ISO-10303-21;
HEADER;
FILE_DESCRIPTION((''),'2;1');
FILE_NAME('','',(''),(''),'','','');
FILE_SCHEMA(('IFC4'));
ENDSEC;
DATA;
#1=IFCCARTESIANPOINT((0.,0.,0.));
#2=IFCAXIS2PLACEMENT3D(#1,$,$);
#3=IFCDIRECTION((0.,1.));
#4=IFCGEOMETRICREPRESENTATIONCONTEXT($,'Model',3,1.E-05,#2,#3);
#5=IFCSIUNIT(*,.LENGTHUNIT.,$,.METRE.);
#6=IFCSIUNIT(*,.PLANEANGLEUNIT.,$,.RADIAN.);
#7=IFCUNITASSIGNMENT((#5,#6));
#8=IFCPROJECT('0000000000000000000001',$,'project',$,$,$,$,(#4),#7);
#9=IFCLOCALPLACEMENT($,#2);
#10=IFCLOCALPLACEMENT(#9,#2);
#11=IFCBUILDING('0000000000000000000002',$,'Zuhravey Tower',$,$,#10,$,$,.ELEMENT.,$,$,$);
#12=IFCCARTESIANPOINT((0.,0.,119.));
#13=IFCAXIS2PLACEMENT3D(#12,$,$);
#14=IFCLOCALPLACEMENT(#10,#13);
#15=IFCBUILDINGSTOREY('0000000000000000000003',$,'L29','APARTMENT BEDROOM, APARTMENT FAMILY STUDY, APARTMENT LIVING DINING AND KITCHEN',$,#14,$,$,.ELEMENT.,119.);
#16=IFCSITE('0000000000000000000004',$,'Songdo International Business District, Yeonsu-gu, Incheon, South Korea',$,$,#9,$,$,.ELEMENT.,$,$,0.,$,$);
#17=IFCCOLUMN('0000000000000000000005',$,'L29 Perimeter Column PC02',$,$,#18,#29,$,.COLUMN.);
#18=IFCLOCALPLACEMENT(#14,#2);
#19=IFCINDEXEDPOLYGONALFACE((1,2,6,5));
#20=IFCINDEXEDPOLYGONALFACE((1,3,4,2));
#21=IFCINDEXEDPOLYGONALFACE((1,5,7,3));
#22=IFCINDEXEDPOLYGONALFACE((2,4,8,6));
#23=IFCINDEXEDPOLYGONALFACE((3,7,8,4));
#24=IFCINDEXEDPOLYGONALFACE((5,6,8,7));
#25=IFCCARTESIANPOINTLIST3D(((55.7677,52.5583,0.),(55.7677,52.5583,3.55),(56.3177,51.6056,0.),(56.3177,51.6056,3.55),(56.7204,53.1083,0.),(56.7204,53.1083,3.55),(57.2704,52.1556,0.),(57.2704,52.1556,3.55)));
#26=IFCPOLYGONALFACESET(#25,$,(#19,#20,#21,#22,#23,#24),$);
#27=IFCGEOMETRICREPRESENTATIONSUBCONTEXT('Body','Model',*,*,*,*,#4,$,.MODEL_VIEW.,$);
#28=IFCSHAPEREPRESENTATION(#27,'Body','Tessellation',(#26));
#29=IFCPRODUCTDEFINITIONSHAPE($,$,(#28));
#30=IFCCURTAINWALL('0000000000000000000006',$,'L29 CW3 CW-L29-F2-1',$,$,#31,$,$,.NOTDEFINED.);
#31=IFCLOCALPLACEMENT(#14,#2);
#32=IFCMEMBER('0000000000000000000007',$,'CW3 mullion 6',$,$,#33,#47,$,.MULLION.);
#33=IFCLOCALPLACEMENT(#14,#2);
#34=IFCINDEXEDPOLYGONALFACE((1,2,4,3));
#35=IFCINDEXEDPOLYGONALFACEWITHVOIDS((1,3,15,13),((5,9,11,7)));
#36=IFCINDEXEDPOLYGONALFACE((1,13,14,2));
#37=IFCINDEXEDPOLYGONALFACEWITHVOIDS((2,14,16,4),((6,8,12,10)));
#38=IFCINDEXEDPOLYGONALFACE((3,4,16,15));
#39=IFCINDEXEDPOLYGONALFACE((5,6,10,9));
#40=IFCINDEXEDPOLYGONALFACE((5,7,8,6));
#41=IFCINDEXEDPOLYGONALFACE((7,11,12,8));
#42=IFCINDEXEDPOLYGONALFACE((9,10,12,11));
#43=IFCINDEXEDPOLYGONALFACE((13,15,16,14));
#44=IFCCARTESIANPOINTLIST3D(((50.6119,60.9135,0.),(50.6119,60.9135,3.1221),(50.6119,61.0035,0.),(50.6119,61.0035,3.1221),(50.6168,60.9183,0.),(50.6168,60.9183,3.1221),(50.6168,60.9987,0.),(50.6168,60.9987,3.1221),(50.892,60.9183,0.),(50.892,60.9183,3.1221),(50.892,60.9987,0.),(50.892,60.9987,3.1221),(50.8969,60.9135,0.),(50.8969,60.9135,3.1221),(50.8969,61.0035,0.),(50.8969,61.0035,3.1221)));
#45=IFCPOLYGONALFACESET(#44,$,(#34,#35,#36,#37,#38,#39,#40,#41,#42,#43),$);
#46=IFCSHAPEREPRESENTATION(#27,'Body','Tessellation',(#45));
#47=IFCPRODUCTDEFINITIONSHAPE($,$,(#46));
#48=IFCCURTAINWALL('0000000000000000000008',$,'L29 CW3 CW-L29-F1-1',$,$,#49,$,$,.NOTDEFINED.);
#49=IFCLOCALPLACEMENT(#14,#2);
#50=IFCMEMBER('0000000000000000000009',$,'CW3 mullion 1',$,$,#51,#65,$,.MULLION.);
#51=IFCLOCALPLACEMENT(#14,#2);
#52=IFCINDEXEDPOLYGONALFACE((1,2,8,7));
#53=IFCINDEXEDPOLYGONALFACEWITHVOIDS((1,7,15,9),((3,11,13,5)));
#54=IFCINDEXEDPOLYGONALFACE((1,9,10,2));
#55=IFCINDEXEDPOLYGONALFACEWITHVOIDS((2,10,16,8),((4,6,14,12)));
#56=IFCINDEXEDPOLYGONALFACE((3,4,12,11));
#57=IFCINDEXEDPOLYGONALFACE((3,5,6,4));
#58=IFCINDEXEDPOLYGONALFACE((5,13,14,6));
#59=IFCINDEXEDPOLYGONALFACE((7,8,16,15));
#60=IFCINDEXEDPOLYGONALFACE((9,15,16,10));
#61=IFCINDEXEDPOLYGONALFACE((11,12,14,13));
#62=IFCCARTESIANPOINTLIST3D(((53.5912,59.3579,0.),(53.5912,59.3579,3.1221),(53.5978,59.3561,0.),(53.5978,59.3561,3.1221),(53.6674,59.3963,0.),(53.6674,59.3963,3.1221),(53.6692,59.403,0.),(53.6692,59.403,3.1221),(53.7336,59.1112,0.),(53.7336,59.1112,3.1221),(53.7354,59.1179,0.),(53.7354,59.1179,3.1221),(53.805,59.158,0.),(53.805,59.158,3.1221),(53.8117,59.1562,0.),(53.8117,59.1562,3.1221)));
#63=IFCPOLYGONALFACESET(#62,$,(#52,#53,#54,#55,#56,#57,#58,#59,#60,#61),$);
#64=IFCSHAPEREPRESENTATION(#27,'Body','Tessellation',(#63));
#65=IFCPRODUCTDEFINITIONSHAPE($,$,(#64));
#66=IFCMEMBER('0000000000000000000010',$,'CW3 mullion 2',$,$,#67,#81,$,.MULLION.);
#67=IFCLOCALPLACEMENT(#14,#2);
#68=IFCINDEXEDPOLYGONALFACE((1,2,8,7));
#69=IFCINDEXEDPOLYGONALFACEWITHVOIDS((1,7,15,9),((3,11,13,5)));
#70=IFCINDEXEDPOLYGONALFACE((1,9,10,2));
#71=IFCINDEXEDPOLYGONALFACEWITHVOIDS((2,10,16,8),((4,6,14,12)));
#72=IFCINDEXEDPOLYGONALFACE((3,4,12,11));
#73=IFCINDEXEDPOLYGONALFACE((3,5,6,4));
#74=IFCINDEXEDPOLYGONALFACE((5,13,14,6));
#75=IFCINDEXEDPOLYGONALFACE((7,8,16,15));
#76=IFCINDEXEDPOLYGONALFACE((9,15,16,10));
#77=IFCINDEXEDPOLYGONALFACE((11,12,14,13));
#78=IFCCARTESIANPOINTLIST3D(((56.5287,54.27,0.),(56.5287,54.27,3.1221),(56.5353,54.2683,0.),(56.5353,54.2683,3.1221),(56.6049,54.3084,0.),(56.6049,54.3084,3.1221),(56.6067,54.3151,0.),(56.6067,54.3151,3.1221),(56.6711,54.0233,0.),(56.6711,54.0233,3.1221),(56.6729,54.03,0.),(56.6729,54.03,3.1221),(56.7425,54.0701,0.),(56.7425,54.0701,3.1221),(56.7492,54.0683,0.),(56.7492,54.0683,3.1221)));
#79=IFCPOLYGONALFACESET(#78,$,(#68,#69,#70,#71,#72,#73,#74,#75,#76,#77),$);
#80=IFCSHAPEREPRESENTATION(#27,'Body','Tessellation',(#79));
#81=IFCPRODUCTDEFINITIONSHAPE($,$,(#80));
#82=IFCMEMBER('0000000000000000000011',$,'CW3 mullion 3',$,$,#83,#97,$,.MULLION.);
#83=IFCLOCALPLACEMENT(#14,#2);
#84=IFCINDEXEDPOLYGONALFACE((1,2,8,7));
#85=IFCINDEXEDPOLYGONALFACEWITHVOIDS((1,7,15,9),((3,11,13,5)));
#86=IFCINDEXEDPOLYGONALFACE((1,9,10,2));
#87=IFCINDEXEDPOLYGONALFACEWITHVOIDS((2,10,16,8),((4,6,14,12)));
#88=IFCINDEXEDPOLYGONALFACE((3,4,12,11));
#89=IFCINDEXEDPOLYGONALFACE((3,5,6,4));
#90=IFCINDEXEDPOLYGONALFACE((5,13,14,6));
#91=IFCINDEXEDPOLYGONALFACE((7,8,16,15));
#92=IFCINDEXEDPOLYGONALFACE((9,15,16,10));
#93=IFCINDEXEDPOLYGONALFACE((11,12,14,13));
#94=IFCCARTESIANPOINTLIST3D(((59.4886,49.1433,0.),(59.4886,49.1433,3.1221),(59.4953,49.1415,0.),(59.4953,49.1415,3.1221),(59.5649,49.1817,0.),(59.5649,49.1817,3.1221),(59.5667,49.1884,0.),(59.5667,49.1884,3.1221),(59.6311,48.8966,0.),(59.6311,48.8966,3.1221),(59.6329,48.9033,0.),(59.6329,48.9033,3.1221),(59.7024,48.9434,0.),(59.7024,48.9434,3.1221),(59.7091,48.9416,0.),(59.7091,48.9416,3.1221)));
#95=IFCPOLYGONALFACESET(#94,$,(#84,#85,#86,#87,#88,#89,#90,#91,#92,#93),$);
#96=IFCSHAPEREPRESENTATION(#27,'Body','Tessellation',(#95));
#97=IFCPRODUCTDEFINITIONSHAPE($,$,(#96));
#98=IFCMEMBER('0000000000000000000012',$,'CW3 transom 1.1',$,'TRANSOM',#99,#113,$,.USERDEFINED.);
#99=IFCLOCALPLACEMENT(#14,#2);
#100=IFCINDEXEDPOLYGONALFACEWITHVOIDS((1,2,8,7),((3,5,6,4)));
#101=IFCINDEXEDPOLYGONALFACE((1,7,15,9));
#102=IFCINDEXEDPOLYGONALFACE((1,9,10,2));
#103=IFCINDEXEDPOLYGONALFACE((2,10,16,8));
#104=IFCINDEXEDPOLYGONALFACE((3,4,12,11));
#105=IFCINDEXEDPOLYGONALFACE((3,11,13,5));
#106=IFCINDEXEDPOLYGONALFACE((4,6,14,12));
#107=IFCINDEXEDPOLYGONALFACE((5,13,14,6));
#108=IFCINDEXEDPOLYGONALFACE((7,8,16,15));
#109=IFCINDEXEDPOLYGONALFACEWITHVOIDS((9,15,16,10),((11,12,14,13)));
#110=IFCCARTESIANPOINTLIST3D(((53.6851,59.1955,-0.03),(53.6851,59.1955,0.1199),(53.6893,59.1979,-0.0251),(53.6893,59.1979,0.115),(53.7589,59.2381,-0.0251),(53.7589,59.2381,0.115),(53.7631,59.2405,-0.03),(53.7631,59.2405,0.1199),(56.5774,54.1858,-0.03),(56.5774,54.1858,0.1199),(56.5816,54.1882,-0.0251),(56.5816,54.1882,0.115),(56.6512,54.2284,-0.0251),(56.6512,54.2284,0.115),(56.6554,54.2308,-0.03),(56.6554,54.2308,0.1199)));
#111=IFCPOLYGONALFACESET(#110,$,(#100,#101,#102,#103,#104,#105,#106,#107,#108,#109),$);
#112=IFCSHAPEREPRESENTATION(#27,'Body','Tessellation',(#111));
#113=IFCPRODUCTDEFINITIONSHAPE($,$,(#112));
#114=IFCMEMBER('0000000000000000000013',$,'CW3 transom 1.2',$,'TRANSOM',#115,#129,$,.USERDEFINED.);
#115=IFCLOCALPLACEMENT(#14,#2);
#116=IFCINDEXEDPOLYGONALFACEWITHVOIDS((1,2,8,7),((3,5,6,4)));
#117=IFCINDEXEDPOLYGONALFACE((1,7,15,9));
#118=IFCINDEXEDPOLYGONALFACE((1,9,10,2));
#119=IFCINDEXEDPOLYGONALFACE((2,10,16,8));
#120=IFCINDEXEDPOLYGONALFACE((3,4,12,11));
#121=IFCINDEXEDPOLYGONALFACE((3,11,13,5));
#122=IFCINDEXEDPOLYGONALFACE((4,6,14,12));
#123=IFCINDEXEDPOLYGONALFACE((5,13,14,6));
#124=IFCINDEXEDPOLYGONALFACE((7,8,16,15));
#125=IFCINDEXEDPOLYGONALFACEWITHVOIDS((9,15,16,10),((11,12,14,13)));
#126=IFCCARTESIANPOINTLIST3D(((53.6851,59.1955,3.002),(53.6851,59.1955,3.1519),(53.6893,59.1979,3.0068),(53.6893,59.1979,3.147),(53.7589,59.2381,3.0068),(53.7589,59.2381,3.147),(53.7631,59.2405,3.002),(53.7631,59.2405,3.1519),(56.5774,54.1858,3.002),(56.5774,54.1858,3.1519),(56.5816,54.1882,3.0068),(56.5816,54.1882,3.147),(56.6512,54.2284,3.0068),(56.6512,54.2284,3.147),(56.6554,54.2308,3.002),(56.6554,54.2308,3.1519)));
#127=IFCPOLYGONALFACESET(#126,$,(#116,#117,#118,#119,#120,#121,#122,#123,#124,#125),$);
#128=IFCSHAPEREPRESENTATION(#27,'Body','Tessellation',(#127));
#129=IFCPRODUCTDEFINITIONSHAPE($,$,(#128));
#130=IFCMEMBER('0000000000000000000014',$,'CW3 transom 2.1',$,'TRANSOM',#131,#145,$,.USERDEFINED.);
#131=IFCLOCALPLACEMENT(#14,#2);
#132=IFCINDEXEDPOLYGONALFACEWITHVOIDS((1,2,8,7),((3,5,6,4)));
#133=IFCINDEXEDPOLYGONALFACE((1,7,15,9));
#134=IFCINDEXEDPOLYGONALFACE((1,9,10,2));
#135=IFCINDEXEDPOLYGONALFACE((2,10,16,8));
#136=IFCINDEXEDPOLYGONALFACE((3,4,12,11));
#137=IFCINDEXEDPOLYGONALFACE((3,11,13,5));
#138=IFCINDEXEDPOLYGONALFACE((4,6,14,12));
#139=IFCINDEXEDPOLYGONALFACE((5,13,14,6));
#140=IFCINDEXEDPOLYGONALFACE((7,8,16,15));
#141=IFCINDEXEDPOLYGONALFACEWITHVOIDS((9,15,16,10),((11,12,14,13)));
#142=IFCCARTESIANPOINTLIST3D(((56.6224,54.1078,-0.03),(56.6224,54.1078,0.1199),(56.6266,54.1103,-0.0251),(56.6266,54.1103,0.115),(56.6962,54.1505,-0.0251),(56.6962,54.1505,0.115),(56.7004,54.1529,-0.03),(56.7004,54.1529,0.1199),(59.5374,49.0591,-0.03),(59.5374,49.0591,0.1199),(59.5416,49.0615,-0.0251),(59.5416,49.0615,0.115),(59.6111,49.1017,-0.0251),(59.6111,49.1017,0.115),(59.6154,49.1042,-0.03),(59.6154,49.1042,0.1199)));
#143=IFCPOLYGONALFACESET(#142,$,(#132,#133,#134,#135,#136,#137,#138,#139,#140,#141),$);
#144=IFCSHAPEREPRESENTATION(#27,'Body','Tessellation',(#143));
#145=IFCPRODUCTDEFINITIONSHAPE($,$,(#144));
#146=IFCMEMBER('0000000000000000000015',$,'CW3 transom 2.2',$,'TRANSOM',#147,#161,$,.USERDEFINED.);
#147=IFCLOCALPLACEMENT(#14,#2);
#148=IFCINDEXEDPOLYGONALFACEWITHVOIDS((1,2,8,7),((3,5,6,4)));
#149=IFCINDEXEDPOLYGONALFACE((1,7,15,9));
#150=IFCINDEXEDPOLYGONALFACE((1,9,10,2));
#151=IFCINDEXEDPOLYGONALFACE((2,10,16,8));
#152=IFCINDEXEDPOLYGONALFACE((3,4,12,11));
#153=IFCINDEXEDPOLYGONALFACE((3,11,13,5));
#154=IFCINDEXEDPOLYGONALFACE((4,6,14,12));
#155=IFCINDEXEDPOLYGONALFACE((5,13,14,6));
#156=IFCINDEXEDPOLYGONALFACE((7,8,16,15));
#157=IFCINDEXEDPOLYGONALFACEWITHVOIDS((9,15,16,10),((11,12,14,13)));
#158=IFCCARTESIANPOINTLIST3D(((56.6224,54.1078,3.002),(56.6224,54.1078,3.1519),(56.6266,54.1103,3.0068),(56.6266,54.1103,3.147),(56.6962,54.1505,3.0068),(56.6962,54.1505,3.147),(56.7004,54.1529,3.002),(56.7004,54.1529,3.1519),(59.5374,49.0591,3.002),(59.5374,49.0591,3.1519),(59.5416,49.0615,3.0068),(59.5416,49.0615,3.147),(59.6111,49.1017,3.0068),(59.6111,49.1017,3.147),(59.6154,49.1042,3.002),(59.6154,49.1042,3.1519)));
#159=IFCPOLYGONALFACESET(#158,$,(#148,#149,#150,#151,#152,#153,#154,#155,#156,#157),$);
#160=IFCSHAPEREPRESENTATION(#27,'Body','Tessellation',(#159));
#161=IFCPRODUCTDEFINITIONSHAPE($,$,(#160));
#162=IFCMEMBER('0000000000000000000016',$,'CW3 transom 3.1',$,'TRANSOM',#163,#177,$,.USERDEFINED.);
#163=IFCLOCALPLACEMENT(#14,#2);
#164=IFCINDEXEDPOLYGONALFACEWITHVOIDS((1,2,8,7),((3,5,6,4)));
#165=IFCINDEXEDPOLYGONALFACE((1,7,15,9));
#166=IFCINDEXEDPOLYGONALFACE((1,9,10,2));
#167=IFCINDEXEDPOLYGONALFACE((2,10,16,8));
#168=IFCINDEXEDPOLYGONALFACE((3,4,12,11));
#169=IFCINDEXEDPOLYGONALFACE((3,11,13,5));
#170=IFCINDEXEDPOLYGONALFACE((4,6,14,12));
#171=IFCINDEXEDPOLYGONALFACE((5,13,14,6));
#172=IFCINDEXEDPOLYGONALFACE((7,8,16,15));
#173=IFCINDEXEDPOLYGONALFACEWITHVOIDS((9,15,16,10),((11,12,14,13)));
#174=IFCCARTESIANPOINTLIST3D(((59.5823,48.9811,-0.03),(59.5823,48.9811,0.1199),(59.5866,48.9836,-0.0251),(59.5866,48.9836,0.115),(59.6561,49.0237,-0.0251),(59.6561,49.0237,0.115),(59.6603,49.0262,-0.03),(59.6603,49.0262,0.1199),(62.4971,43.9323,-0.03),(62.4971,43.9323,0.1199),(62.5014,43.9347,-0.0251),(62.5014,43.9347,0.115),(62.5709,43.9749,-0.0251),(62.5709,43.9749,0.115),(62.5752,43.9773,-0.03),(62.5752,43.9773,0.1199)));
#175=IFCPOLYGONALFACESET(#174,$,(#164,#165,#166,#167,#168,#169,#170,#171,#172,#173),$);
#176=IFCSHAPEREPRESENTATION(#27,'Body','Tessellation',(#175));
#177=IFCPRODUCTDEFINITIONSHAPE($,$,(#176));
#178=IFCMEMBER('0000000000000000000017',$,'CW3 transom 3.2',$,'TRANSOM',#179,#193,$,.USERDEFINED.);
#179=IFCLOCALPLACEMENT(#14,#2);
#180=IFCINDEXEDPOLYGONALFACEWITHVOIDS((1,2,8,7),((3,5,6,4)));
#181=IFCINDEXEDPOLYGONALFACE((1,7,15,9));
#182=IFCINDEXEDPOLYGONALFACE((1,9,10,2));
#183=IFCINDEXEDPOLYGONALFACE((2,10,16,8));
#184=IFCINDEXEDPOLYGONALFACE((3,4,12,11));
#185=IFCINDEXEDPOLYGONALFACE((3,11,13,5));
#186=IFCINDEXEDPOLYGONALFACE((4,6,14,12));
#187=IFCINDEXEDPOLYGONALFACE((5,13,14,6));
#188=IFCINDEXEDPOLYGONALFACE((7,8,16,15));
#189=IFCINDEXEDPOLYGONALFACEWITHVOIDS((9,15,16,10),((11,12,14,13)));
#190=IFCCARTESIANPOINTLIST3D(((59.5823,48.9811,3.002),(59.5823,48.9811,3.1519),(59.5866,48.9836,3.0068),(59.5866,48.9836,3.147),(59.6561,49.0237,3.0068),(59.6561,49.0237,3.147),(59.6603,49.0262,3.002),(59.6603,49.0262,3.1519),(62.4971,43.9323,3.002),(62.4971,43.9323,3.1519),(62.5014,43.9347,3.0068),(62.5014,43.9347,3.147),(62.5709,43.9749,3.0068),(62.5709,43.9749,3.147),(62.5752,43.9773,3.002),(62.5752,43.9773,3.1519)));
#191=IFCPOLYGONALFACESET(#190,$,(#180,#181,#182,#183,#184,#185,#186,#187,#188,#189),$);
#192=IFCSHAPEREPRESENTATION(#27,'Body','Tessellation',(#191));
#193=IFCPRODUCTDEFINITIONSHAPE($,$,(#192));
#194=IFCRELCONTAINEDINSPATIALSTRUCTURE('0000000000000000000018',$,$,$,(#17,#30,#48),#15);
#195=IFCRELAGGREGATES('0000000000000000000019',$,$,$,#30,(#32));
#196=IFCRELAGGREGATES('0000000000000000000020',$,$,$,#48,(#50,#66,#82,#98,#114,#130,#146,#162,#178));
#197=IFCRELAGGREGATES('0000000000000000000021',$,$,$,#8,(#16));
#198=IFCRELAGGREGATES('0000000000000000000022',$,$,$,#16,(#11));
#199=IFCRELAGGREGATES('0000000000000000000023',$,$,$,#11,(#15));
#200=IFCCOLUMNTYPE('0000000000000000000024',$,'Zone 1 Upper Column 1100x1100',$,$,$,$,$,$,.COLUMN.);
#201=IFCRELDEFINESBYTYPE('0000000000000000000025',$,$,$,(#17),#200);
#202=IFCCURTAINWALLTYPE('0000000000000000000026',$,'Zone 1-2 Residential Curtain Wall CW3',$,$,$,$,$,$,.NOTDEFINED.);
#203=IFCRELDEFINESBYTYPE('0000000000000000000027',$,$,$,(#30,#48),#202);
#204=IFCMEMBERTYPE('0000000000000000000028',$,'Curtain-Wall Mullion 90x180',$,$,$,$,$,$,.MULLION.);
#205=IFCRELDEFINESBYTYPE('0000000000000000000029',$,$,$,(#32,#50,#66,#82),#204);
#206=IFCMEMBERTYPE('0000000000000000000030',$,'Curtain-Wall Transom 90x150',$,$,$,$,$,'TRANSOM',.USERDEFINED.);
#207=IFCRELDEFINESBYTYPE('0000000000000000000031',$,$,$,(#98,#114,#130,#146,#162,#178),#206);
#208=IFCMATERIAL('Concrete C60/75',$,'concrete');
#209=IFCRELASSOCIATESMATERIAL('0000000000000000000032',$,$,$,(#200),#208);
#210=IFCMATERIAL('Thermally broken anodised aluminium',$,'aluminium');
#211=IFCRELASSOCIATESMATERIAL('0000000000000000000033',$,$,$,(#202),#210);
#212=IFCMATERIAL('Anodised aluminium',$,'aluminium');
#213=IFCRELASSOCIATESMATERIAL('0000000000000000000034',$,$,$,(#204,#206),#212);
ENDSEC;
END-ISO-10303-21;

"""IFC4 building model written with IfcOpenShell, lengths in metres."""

from ifc_helpers import new_model, si_unit, direction, frame, origin, origin_2d, place, context, subcontext, project, spatial, rectangle, hollow_rectangle, extrude, material, material_profile, profile_set, type_object, element, aggregate, save


model = new_model("IFC4")

# Units and contexts
model_context = context("Model", 3, precision=1e-05, world=origin(), true_north=direction((0.0, 1.0)))
body_context = subcontext(model_context, "Body", "Model", "MODEL_VIEW")
ifc_project = project(units=[si_unit("LENGTHUNIT", "METRE"), si_unit("PLANEANGLEUNIT", "RADIAN")], contexts=[model_context])

# Site, building, storey
site_placement = place(None, origin())
site = spatial("IfcSite", under=ifc_project, at=site_placement, Name="Songdo International Business District, Yeonsu-gu, Incheon, South Korea", CompositionType="ELEMENT", RefElevation=0.0)
building_placement = place(site_placement, origin())
building = spatial("IfcBuilding", under=site, at=building_placement, Name="Zuhravey Tower", CompositionType="ELEMENT")
storey_placement = place(building_placement, frame((0.0, 0.0, 119.0)))
storey = spatial("IfcBuildingStorey", under=building, at=storey_placement, Name="L29", Description="APARTMENT BEDROOM, APARTMENT FAMILY STUDY, APARTMENT LIVING DINING AND KITCHEN", CompositionType="ELEMENT", Elevation=119.0)

# Column
ifc_material_1 = material(Name="Concrete C60/75", Category="concrete")
ifc_material_profile_1 = material_profile(ifc_material_1, rectangle(XDim=1.1001, YDim=1.1001, at=origin_2d()), Name="RC-1100x1100")
ifc_profile_set_1 = profile_set([ifc_material_profile_1], Name="Concrete C60/75")
column_type = type_object("IfcColumnType", Name="Zone 1 Upper Column 1100x1100", PredefinedType="COLUMN", material=ifc_profile_set_1)
column_placement = place(storey_placement, frame((56.519, 52.3569, 0.0), z_axis=(0.0, 0.0, 1.0), x_axis=(-0.5, 0.866025, 0.0)))
element("IfcColumn", 1, at=column_placement, inside=storey, type_object=column_type, Name="L29 Perimeter Column PC02", PredefinedType="COLUMN", context=body_context, shape_type="SweptSolid", body=[
    extrude(rectangle(XDim=1.1001, YDim=1.1001, at=origin_2d()), origin(), (0.0, 0.0, 1.0), 3.55),
])

# Curtain wall, member
ifc_material_2 = material(Name="Thermally broken anodised aluminium", Category="aluminium")
curtain_wall_type = type_object("IfcCurtainWallType", Name="Zone 1-2 Residential Curtain Wall CW3", PredefinedType="NOTDEFINED", material=ifc_material_2)
curtain_wall_1_placement = place(storey_placement, origin())
curtain_wall_1 = element("IfcCurtainWall", 2, at=curtain_wall_1_placement, inside=storey, type_object=curtain_wall_type, Name="L29 CW3 CW-L29-F2-1", PredefinedType="NOTDEFINED")
ifc_material_3 = material(Name="Anodised aluminium", Category="aluminium")
ifc_material_profile_2 = material_profile(ifc_material_3, hollow_rectangle(XDim=0.0901, YDim=0.2849, WallThickness=0.0049, at=origin_2d()), Name="ALU-RHS-90x285x5")
ifc_profile_set_2 = profile_set([ifc_material_profile_2], Name="Anodised aluminium")
member_type_1 = type_object("IfcMemberType", Name="Curtain-Wall Mullion 90x180", PredefinedType="MULLION", material=ifc_profile_set_2)
member_1_placement = place(storey_placement, frame((50.7544, 60.9585, 0.0), z_axis=(0.0, 0.0, 1.0), x_axis=(0.0, 1.0, 0.0)))
member_1 = element("IfcMember", 3, at=member_1_placement, type_object=member_type_1, Name="CW3 mullion 6", PredefinedType="MULLION", context=body_context, shape_type="SweptSolid", body=[
    extrude(hollow_rectangle(XDim=0.0901, YDim=0.2849, WallThickness=0.0049, at=origin_2d()), origin(), (0.0, 0.0, 1.0), 3.1221),
])

# Curtain wall, members
curtain_wall_2_placement = place(storey_placement, origin())
curtain_wall_2 = element("IfcCurtainWall", 4, at=curtain_wall_2_placement, inside=storey, type_object=curtain_wall_type, Name="L29 CW3 CW-L29-F1-1", PredefinedType="NOTDEFINED")
member_2_placement = place(storey_placement, frame((53.7014, 59.2571, 0.0), z_axis=(0.0, 0.0, 1.0), x_axis=(0.866026, 0.5, 0.0)))
member_2 = element("IfcMember", 5, at=member_2_placement, type_object=member_type_1, Name="CW3 mullion 1", PredefinedType="MULLION", context=body_context, shape_type="SweptSolid", body=[
    extrude(hollow_rectangle(XDim=0.0901, YDim=0.2849, WallThickness=0.0049, at=origin_2d()), origin(), (0.0, 0.0, 1.0), 3.1221),
])
member_3_placement = place(storey_placement, frame((56.6389, 54.1692, 0.0), z_axis=(0.0, 0.0, 1.0), x_axis=(0.866026, 0.5, 0.0)))
member_3 = element("IfcMember", 6, at=member_3_placement, type_object=member_type_1, Name="CW3 mullion 2", PredefinedType="MULLION", context=body_context, shape_type="SweptSolid", body=[
    extrude(hollow_rectangle(XDim=0.0901, YDim=0.2849, WallThickness=0.0049, at=origin_2d()), origin(), (0.0, 0.0, 1.0), 3.1221),
])
member_4_placement = place(storey_placement, frame((59.5989, 49.0425, 0.0), z_axis=(0.0, 0.0, 1.0), x_axis=(0.866026, 0.5, 0.0)))
member_4 = element("IfcMember", 7, at=member_4_placement, type_object=member_type_1, Name="CW3 mullion 3", PredefinedType="MULLION", context=body_context, shape_type="SweptSolid", body=[
    extrude(hollow_rectangle(XDim=0.0901, YDim=0.2849, WallThickness=0.0049, at=origin_2d()), origin(), (0.0, 0.0, 1.0), 3.1221),
])
ifc_material_profile_3 = material_profile(ifc_material_3, hollow_rectangle(XDim=0.0901, YDim=0.1499, WallThickness=0.0049, at=origin_2d()), Name="ALU-RHS-90x150x5")
ifc_profile_set_3 = profile_set([ifc_material_profile_3], Name="Anodised aluminium")
member_type_2 = type_object("IfcMemberType", Name="Curtain-Wall Transom 90x150", ElementType="TRANSOM", PredefinedType="USERDEFINED", material=ifc_profile_set_3)
member_5_placement = place(storey_placement, frame((53.7241, 59.218, 0.0449), z_axis=(0.499993, -0.86603, 0.0), x_axis=(0.86603, 0.499993, 0.0)))
member_5 = element("IfcMember", 8, at=member_5_placement, type_object=member_type_2, Name="CW3 transom 1.1", ObjectType="TRANSOM", PredefinedType="USERDEFINED", context=body_context, shape_type="SweptSolid", body=[
    extrude(hollow_rectangle(XDim=0.0901, YDim=0.1499, WallThickness=0.0049, at=origin_2d()), origin(), (0.0, 0.0, 1.0), 5.7847),
])
member_6_placement = place(storey_placement, frame((53.7241, 59.218, 3.0769), z_axis=(0.499993, -0.86603, 0.0), x_axis=(0.86603, 0.499993, 0.0)))
member_6 = element("IfcMember", 9, at=member_6_placement, type_object=member_type_2, Name="CW3 transom 1.2", ObjectType="TRANSOM", PredefinedType="USERDEFINED", context=body_context, shape_type="SweptSolid", body=[
    extrude(hollow_rectangle(XDim=0.0901, YDim=0.1499, WallThickness=0.0049, at=origin_2d()), origin(), (0.0, 0.0, 1.0), 5.7847),
])
member_7_placement = place(storey_placement, frame((56.6614, 54.1304, 0.0449), z_axis=(0.500012, -0.866018, 0.0), x_axis=(0.866018, 0.500012, 0.0)))
member_7 = element("IfcMember", 10, at=member_7_placement, type_object=member_type_2, Name="CW3 transom 2.1", ObjectType="TRANSOM", PredefinedType="USERDEFINED", context=body_context, shape_type="SweptSolid", body=[
    extrude(hollow_rectangle(XDim=0.0901, YDim=0.1499, WallThickness=0.0049, at=origin_2d()), origin(), (0.0, 0.0, 1.0), 5.8298),
])
member_8_placement = place(storey_placement, frame((56.6614, 54.1304, 3.0769), z_axis=(0.500012, -0.866018, 0.0), x_axis=(0.866018, 0.500012, 0.0)))
member_8 = element("IfcMember", 11, at=member_8_placement, type_object=member_type_2, Name="CW3 transom 2.2", ObjectType="TRANSOM", PredefinedType="USERDEFINED", context=body_context, shape_type="SweptSolid", body=[
    extrude(hollow_rectangle(XDim=0.0901, YDim=0.1499, WallThickness=0.0049, at=origin_2d()), origin(), (0.0, 0.0, 1.0), 5.8298),
])
member_9_placement = place(storey_placement, frame((59.6213, 49.0037, 0.0449), z_axis=(0.499981, -0.866036, 0.0), x_axis=(0.866036, 0.499981, 0.0)))
member_9 = element("IfcMember", 12, at=member_9_placement, type_object=member_type_2, Name="CW3 transom 3.1", ObjectType="TRANSOM", PredefinedType="USERDEFINED", context=body_context, shape_type="SweptSolid", body=[
    extrude(hollow_rectangle(XDim=0.0901, YDim=0.1499, WallThickness=0.0049, at=origin_2d()), origin(), (0.0, 0.0, 1.0), 5.8298),
])
member_10_placement = place(storey_placement, frame((59.6213, 49.0037, 3.0769), z_axis=(0.499981, -0.866036, 0.0), x_axis=(0.866036, 0.499981, 0.0)))
member_10 = element("IfcMember", 13, at=member_10_placement, type_object=member_type_2, Name="CW3 transom 3.2", ObjectType="TRANSOM", PredefinedType="USERDEFINED", context=body_context, shape_type="SweptSolid", body=[
    extrude(hollow_rectangle(XDim=0.0901, YDim=0.1499, WallThickness=0.0049, at=origin_2d()), origin(), (0.0, 0.0, 1.0), 5.8298),
])

aggregate(curtain_wall_1, [member_1])
aggregate(curtain_wall_2, [member_2, member_3, member_4, member_5, member_6, member_7, member_8, member_9, member_10])

save(model, "model.ifc")
